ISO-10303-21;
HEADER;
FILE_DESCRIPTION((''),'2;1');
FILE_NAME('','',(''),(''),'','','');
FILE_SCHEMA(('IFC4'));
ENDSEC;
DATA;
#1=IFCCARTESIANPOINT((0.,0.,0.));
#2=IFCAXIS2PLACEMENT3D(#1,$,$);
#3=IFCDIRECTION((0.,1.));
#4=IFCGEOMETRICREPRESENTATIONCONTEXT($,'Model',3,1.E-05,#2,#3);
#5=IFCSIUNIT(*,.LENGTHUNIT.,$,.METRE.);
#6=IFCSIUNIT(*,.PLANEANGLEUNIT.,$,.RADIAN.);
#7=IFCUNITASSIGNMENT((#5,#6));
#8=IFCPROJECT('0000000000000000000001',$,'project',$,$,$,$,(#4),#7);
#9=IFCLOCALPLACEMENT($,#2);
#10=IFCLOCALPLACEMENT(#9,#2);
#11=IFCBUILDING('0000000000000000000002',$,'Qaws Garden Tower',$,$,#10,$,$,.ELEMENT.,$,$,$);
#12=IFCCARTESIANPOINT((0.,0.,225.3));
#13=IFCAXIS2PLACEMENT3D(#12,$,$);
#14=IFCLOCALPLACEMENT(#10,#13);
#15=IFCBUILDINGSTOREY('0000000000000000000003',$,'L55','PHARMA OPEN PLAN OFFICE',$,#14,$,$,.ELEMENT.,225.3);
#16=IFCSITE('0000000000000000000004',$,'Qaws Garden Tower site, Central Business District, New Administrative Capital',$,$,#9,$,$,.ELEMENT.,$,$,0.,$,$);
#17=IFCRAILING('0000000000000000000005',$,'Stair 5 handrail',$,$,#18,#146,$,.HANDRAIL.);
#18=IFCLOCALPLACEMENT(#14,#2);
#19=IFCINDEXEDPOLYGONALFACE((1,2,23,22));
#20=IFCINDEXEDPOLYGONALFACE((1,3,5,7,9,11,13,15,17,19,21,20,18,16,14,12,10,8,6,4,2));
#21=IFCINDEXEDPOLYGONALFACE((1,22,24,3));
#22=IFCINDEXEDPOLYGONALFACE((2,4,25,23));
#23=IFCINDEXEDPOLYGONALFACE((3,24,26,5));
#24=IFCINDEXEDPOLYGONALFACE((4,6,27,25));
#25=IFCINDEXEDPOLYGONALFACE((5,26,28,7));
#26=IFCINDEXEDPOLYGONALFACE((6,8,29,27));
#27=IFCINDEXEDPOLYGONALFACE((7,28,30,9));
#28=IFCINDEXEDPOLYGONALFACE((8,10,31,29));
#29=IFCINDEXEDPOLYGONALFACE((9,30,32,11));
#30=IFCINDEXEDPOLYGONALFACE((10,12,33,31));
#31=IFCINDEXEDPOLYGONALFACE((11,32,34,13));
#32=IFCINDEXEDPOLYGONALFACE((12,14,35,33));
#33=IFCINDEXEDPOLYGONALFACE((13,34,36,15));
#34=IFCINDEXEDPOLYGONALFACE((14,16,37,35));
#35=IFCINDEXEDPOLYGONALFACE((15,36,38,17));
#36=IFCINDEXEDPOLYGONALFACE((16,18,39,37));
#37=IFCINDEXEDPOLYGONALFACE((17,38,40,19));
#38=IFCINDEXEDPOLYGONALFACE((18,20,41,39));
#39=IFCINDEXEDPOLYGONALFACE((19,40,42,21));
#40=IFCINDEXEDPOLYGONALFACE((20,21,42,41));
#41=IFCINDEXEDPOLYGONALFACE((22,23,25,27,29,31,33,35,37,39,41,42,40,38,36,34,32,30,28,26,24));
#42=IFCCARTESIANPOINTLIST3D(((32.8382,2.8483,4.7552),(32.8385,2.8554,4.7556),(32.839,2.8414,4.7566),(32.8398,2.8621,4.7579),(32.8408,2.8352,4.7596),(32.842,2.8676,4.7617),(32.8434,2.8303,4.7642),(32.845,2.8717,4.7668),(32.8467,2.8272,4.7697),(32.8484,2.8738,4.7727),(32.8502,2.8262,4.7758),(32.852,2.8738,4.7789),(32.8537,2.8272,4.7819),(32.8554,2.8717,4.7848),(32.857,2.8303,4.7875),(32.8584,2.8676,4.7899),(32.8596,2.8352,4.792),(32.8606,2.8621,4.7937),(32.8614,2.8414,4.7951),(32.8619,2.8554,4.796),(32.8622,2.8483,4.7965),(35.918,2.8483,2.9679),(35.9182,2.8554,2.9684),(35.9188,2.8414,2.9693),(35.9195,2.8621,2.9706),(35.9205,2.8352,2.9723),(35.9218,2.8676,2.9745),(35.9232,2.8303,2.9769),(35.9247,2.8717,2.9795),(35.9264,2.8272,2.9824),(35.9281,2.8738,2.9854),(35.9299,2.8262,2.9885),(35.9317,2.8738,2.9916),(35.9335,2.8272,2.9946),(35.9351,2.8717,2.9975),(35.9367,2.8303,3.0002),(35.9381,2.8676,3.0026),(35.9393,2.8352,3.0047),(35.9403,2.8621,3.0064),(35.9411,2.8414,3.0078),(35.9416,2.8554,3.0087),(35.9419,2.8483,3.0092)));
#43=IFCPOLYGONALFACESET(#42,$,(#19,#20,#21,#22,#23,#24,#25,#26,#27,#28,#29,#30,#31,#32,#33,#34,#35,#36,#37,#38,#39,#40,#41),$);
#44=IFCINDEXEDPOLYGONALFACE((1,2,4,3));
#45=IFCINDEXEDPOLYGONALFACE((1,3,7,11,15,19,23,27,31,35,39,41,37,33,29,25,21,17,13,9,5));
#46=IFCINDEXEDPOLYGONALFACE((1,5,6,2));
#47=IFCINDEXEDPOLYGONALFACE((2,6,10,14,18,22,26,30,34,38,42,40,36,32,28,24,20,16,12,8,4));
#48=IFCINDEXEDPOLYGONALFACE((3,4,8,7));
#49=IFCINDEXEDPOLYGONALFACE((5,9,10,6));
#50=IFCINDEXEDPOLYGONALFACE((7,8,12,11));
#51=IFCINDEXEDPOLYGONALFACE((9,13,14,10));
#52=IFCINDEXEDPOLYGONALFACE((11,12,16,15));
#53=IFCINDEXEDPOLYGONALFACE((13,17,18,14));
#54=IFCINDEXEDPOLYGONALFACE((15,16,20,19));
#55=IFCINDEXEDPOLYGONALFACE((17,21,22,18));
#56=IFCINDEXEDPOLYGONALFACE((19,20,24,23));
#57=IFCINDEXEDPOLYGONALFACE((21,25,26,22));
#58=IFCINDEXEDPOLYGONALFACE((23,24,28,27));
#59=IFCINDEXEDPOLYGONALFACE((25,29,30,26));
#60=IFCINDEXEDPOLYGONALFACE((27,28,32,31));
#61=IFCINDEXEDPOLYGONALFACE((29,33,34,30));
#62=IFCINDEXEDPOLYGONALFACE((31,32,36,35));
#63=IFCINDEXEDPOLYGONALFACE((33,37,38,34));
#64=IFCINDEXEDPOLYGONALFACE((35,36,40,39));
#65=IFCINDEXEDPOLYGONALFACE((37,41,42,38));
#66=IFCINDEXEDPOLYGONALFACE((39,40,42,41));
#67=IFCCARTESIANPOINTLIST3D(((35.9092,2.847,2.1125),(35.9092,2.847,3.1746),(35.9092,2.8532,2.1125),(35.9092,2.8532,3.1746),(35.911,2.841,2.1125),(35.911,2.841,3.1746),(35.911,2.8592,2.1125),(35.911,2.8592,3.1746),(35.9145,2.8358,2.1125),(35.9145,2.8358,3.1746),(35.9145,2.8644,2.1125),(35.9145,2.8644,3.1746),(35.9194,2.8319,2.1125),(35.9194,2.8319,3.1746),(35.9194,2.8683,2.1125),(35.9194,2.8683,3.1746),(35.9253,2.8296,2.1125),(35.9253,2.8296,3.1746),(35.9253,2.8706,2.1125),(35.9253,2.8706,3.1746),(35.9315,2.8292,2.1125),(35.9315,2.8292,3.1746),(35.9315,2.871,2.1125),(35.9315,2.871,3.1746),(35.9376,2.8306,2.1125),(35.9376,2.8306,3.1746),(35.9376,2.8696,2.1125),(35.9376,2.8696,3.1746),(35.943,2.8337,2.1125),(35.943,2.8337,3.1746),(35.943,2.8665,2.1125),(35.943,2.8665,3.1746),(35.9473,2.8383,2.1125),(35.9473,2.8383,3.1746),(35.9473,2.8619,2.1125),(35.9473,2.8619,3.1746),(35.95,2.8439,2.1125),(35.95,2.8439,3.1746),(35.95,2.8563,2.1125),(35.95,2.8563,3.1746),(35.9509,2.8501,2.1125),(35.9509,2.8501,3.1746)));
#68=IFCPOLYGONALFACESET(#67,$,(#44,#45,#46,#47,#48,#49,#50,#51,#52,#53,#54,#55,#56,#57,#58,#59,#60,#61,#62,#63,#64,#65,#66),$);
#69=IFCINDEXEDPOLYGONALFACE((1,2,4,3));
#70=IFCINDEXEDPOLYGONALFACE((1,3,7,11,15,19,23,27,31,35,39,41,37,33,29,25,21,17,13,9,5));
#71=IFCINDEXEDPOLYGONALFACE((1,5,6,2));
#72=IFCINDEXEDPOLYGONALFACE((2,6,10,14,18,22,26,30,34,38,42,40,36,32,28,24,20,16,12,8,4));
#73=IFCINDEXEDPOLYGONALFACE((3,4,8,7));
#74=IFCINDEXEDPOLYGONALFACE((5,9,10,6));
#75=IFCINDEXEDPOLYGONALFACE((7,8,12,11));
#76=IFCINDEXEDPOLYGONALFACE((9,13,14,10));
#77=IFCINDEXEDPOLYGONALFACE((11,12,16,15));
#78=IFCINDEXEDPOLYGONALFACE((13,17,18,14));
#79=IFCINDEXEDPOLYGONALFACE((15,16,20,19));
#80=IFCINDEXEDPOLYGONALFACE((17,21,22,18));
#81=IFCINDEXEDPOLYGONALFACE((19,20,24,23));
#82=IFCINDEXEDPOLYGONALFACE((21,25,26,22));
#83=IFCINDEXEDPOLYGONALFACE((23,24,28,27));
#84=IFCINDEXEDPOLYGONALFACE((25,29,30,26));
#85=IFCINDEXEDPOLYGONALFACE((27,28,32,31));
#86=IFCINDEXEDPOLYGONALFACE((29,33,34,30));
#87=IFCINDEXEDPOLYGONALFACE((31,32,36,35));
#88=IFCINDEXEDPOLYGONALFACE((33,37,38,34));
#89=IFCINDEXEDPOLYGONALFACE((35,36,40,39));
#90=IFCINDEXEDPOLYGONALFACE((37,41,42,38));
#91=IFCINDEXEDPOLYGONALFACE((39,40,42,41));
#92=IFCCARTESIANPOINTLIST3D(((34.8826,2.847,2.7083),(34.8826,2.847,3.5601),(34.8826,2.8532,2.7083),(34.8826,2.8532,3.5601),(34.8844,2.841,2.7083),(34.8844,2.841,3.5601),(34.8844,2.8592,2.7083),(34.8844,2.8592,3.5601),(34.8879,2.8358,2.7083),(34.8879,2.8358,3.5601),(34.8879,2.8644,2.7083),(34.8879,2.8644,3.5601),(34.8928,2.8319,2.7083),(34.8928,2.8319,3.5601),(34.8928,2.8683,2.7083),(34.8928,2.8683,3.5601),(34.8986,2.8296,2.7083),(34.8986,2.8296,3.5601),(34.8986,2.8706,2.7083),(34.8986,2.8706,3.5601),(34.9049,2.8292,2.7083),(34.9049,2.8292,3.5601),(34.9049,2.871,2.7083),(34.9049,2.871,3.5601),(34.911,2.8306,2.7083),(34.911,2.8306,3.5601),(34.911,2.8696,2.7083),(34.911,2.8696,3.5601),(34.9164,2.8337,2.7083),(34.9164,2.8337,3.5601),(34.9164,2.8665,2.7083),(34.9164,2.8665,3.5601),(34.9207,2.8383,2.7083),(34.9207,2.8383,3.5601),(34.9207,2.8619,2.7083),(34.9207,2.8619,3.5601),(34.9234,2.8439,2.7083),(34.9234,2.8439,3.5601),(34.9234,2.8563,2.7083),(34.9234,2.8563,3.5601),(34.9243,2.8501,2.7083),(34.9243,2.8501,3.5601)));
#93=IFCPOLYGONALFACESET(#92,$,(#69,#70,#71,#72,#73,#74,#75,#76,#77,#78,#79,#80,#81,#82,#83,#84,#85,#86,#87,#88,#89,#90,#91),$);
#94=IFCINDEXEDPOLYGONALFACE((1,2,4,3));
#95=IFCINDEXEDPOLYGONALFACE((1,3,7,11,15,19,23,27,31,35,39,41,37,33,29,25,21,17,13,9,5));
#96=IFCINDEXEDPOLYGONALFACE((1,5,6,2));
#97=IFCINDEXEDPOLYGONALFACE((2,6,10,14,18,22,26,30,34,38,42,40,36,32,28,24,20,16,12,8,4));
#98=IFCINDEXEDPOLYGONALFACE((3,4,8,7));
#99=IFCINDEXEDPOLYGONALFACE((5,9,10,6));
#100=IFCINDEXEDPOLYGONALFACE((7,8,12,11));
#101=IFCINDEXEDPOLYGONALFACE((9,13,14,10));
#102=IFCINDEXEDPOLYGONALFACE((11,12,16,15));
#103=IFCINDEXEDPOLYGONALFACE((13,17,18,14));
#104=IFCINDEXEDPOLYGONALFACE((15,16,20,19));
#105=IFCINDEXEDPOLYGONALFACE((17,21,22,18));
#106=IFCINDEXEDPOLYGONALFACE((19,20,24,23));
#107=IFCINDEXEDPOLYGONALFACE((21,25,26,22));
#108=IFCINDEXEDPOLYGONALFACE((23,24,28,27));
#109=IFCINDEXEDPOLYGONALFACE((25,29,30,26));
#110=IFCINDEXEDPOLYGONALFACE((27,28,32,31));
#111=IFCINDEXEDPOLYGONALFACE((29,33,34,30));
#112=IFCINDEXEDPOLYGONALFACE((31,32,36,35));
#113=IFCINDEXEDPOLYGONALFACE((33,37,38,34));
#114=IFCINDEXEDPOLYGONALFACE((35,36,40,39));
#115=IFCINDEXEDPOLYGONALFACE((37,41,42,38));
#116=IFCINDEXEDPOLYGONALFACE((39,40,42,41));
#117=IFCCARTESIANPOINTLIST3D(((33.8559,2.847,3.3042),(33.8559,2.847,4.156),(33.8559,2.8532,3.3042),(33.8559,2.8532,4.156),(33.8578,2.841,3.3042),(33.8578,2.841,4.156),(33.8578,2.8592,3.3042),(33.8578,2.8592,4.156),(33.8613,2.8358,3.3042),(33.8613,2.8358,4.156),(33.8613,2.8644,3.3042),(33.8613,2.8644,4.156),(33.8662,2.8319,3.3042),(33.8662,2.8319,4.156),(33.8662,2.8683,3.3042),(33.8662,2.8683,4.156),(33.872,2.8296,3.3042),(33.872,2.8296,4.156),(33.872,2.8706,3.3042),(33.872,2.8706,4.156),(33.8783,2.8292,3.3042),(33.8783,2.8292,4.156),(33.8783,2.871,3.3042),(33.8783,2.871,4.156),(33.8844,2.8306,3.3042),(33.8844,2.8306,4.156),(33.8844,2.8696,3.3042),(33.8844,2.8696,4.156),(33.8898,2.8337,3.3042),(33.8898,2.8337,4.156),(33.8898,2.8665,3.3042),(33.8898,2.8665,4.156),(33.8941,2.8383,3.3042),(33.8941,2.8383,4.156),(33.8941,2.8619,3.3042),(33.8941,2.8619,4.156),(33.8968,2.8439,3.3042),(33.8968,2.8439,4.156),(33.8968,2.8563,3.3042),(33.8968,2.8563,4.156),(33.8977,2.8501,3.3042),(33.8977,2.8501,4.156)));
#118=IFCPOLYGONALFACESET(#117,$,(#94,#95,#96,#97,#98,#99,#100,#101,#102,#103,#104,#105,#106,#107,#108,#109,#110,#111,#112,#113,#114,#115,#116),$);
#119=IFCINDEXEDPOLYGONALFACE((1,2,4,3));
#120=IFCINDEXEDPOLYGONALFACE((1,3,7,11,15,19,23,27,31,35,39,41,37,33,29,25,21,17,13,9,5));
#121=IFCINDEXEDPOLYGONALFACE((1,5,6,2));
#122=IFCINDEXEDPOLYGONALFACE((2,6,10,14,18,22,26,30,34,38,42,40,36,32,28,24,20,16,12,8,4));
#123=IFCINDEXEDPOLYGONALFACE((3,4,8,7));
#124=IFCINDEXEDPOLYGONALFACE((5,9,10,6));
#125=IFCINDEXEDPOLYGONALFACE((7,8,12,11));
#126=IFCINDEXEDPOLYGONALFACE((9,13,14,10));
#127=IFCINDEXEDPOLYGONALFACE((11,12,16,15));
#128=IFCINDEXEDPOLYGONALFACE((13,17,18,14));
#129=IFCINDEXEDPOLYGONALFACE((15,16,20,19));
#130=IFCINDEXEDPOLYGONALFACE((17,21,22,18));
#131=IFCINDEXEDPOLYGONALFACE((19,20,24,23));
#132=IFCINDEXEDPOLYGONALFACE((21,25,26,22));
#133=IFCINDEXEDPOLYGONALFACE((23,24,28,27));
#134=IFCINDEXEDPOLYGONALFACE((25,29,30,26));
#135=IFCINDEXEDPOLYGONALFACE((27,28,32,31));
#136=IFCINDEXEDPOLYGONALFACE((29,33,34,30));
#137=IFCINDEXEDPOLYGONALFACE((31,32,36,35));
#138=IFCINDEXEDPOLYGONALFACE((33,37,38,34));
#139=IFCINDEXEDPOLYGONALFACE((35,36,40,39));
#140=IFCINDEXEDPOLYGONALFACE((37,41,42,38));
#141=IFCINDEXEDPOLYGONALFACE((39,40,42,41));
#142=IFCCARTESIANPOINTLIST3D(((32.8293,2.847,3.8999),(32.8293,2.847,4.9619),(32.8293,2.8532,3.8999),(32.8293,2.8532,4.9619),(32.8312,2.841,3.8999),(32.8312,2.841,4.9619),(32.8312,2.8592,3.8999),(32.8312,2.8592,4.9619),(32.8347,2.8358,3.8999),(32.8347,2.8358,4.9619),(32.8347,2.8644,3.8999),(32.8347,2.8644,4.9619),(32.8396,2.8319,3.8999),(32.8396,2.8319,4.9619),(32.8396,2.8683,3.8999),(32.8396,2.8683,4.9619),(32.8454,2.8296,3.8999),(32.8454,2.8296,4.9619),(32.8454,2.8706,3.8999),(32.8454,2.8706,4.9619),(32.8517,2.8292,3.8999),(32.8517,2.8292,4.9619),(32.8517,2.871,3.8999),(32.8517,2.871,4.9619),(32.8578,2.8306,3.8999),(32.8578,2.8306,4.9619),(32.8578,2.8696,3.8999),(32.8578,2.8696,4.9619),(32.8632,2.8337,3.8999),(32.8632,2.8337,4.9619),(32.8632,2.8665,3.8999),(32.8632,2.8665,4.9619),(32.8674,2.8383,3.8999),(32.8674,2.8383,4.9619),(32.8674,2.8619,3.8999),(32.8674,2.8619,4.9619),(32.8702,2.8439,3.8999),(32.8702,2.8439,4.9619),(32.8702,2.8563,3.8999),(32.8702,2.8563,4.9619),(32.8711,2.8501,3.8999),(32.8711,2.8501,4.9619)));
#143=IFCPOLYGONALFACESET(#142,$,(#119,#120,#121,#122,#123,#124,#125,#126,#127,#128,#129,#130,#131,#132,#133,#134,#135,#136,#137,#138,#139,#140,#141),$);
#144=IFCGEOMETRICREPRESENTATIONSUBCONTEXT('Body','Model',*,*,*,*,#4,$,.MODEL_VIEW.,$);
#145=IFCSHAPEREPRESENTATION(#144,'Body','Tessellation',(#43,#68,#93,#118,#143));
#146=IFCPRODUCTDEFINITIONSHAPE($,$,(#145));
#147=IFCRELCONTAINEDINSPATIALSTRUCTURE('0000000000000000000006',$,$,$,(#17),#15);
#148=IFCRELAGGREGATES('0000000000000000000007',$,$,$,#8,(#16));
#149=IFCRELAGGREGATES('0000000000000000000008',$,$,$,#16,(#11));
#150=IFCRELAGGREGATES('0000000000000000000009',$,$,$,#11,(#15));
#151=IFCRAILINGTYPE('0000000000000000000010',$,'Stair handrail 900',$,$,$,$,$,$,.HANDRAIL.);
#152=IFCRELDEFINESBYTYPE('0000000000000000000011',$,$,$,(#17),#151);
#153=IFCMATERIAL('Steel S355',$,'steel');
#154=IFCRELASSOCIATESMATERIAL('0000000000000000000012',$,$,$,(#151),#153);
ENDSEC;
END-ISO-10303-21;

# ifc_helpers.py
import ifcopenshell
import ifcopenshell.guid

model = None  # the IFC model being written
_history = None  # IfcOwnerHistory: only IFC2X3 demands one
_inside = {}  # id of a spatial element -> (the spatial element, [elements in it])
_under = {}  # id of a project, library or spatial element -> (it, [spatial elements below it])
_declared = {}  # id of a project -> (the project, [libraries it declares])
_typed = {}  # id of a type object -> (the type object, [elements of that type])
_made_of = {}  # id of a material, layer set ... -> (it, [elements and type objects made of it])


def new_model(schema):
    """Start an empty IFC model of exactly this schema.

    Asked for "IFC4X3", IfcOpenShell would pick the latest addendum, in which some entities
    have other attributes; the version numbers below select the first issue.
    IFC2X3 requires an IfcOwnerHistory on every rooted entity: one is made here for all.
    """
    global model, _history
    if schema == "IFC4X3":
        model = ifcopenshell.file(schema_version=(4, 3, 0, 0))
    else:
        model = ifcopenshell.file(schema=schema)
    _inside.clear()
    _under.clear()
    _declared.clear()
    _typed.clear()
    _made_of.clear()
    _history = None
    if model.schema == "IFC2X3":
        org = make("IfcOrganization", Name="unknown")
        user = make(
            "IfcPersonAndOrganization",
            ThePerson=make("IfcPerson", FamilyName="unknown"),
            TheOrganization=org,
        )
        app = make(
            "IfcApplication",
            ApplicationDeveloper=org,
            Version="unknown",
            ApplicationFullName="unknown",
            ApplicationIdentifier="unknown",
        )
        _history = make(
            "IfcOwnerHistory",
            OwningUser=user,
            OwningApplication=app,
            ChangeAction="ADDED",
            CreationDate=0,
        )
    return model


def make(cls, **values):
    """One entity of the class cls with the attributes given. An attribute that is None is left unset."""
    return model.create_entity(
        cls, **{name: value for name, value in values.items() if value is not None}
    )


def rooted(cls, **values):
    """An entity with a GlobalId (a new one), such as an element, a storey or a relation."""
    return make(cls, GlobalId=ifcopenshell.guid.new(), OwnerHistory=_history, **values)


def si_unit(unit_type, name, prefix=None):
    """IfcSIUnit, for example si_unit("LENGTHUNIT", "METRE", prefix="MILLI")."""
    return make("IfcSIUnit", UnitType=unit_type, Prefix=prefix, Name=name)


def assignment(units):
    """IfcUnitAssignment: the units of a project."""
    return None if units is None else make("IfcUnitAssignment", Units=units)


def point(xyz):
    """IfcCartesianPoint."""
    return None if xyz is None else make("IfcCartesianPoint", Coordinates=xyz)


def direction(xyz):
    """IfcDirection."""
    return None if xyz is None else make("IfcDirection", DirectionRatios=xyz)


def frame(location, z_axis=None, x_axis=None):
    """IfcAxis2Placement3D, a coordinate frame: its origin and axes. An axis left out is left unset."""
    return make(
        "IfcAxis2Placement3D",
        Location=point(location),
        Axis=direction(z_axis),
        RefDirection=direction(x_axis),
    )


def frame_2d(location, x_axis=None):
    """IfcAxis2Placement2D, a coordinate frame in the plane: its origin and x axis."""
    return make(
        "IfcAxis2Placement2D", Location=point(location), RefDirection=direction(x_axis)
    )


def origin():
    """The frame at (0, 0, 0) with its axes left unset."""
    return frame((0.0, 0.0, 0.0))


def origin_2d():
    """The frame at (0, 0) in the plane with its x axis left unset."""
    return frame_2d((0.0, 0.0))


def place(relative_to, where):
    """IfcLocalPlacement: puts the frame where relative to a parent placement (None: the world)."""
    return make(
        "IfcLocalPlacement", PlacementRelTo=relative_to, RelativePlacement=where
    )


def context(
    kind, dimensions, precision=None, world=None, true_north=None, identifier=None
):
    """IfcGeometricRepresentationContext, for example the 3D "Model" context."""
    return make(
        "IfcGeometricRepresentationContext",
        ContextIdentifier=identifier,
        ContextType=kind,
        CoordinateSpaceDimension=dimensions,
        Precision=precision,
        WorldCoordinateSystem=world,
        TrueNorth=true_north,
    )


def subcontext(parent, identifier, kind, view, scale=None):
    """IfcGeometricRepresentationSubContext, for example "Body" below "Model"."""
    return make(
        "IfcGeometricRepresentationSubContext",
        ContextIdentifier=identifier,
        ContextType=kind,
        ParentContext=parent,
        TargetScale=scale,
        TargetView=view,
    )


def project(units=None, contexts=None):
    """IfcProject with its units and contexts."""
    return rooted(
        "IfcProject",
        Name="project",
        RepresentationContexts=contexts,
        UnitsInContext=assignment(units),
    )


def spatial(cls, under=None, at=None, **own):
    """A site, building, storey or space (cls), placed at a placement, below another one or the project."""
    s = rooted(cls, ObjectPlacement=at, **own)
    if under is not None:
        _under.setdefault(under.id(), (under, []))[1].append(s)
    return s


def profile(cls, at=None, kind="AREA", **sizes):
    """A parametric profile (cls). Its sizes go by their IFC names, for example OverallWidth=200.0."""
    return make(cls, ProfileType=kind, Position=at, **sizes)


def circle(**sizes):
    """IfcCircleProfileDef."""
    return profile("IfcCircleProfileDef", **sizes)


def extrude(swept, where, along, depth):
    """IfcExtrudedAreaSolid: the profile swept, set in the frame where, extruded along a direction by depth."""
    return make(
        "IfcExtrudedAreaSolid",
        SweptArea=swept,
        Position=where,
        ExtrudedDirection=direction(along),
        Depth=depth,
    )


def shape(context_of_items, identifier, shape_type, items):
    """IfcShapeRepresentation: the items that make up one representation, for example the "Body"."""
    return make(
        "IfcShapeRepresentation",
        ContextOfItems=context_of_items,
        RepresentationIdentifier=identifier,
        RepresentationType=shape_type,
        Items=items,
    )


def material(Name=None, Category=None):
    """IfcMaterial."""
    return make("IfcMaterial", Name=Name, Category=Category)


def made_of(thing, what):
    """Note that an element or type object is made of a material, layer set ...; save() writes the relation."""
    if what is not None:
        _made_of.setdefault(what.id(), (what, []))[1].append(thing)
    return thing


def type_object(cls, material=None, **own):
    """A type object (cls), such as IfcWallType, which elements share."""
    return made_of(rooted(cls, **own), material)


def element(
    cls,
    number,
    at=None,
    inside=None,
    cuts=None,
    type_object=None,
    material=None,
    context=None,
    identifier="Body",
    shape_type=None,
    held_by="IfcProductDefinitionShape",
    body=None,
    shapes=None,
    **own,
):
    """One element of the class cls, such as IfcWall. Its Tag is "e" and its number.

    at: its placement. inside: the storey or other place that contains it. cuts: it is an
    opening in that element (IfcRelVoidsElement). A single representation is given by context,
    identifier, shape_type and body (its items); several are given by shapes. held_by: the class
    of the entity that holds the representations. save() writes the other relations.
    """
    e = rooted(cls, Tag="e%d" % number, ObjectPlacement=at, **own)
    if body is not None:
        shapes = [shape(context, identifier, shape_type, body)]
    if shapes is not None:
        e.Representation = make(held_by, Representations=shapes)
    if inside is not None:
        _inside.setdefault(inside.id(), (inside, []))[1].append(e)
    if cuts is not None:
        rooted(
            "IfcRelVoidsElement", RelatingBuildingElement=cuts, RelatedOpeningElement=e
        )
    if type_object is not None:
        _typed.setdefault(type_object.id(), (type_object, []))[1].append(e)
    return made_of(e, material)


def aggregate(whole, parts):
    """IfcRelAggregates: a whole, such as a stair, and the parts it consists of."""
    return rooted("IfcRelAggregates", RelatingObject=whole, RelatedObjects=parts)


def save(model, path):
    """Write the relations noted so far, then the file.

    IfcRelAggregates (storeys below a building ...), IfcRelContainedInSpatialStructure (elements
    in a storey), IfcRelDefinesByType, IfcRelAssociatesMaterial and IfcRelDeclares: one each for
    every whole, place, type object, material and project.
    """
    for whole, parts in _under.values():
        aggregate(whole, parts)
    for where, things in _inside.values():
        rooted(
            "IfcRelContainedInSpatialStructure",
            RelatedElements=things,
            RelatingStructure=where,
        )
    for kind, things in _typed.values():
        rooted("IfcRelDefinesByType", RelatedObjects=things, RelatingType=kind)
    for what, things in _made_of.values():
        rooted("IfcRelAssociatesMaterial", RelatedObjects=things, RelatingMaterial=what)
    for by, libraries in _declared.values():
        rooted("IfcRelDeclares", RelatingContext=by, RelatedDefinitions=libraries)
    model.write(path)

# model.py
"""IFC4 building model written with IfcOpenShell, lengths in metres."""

from ifc_helpers import new_model, si_unit, direction, frame, origin, origin_2d, place, context, subcontext, project, spatial, circle, extrude, material, type_object, element, save


model = new_model("IFC4")

# Units and contexts
model_context = context("Model", 3, precision=1e-05, world=origin(), true_north=direction((0.0, 1.0)))
body_context = subcontext(model_context, "Body", "Model", "MODEL_VIEW")
ifc_project = project(units=[si_unit("LENGTHUNIT", "METRE"), si_unit("PLANEANGLEUNIT", "RADIAN")], contexts=[model_context])

# Site, building, storey
site_placement = place(None, origin())
site = spatial("IfcSite", under=ifc_project, at=site_placement, Name="Qaws Garden Tower site, Central Business District, New Administrative Capital", CompositionType="ELEMENT", RefElevation=0.0)
building_placement = place(site_placement, origin())
building = spatial("IfcBuilding", under=site, at=building_placement, Name="Qaws Garden Tower", CompositionType="ELEMENT")
storey_placement = place(building_placement, frame((0.0, 0.0, 225.3)))
storey = spatial("IfcBuildingStorey", under=building, at=storey_placement, Name="L55", Description="PHARMA OPEN PLAN OFFICE", CompositionType="ELEMENT", Elevation=225.3)

# Railing
ifc_material_1 = material(Name="Steel S355", Category="steel")
railing_type = type_object("IfcRailingType", Name="Stair handrail 900", PredefinedType="HANDRAIL", material=ifc_material_1)
railing_1_placement = place(storey_placement, frame((35.9299, 2.8501, 2.1125)))
element("IfcRailing", 1, at=railing_1_placement, inside=storey, type_object=railing_type, Name="Stair 5 handrail", PredefinedType="HANDRAIL", context=body_context, shape_type="SweptSolid", body=[
    extrude(circle(Radius=0.0239, at=origin_2d()), frame((0.0, 0.0, 0.876), z_axis=(-0.864903, 0.0, 0.501939), x_axis=(0.0, -1.0, 0.0)), (0.0, 0.0, 1.0), 3.5608),
    extrude(circle(Radius=0.021, at=origin_2d()), origin(), (0.0, 0.0, 1.0), 1.062),
    extrude(circle(Radius=0.021, at=origin_2d()), frame((-1.0266, 0.0, 0.5957)), (0.0, 0.0, 1.0), 0.8518),
    extrude(circle(Radius=0.021, at=origin_2d()), frame((-2.0532, 0.0, 1.1917)), (0.0, 0.0, 1.0), 0.8518),
    extrude(circle(Radius=0.021, at=origin_2d()), frame((-3.0798, 0.0, 1.7874)), (0.0, 0.0, 1.0), 1.062),
])

save(model, "model.ifc")
